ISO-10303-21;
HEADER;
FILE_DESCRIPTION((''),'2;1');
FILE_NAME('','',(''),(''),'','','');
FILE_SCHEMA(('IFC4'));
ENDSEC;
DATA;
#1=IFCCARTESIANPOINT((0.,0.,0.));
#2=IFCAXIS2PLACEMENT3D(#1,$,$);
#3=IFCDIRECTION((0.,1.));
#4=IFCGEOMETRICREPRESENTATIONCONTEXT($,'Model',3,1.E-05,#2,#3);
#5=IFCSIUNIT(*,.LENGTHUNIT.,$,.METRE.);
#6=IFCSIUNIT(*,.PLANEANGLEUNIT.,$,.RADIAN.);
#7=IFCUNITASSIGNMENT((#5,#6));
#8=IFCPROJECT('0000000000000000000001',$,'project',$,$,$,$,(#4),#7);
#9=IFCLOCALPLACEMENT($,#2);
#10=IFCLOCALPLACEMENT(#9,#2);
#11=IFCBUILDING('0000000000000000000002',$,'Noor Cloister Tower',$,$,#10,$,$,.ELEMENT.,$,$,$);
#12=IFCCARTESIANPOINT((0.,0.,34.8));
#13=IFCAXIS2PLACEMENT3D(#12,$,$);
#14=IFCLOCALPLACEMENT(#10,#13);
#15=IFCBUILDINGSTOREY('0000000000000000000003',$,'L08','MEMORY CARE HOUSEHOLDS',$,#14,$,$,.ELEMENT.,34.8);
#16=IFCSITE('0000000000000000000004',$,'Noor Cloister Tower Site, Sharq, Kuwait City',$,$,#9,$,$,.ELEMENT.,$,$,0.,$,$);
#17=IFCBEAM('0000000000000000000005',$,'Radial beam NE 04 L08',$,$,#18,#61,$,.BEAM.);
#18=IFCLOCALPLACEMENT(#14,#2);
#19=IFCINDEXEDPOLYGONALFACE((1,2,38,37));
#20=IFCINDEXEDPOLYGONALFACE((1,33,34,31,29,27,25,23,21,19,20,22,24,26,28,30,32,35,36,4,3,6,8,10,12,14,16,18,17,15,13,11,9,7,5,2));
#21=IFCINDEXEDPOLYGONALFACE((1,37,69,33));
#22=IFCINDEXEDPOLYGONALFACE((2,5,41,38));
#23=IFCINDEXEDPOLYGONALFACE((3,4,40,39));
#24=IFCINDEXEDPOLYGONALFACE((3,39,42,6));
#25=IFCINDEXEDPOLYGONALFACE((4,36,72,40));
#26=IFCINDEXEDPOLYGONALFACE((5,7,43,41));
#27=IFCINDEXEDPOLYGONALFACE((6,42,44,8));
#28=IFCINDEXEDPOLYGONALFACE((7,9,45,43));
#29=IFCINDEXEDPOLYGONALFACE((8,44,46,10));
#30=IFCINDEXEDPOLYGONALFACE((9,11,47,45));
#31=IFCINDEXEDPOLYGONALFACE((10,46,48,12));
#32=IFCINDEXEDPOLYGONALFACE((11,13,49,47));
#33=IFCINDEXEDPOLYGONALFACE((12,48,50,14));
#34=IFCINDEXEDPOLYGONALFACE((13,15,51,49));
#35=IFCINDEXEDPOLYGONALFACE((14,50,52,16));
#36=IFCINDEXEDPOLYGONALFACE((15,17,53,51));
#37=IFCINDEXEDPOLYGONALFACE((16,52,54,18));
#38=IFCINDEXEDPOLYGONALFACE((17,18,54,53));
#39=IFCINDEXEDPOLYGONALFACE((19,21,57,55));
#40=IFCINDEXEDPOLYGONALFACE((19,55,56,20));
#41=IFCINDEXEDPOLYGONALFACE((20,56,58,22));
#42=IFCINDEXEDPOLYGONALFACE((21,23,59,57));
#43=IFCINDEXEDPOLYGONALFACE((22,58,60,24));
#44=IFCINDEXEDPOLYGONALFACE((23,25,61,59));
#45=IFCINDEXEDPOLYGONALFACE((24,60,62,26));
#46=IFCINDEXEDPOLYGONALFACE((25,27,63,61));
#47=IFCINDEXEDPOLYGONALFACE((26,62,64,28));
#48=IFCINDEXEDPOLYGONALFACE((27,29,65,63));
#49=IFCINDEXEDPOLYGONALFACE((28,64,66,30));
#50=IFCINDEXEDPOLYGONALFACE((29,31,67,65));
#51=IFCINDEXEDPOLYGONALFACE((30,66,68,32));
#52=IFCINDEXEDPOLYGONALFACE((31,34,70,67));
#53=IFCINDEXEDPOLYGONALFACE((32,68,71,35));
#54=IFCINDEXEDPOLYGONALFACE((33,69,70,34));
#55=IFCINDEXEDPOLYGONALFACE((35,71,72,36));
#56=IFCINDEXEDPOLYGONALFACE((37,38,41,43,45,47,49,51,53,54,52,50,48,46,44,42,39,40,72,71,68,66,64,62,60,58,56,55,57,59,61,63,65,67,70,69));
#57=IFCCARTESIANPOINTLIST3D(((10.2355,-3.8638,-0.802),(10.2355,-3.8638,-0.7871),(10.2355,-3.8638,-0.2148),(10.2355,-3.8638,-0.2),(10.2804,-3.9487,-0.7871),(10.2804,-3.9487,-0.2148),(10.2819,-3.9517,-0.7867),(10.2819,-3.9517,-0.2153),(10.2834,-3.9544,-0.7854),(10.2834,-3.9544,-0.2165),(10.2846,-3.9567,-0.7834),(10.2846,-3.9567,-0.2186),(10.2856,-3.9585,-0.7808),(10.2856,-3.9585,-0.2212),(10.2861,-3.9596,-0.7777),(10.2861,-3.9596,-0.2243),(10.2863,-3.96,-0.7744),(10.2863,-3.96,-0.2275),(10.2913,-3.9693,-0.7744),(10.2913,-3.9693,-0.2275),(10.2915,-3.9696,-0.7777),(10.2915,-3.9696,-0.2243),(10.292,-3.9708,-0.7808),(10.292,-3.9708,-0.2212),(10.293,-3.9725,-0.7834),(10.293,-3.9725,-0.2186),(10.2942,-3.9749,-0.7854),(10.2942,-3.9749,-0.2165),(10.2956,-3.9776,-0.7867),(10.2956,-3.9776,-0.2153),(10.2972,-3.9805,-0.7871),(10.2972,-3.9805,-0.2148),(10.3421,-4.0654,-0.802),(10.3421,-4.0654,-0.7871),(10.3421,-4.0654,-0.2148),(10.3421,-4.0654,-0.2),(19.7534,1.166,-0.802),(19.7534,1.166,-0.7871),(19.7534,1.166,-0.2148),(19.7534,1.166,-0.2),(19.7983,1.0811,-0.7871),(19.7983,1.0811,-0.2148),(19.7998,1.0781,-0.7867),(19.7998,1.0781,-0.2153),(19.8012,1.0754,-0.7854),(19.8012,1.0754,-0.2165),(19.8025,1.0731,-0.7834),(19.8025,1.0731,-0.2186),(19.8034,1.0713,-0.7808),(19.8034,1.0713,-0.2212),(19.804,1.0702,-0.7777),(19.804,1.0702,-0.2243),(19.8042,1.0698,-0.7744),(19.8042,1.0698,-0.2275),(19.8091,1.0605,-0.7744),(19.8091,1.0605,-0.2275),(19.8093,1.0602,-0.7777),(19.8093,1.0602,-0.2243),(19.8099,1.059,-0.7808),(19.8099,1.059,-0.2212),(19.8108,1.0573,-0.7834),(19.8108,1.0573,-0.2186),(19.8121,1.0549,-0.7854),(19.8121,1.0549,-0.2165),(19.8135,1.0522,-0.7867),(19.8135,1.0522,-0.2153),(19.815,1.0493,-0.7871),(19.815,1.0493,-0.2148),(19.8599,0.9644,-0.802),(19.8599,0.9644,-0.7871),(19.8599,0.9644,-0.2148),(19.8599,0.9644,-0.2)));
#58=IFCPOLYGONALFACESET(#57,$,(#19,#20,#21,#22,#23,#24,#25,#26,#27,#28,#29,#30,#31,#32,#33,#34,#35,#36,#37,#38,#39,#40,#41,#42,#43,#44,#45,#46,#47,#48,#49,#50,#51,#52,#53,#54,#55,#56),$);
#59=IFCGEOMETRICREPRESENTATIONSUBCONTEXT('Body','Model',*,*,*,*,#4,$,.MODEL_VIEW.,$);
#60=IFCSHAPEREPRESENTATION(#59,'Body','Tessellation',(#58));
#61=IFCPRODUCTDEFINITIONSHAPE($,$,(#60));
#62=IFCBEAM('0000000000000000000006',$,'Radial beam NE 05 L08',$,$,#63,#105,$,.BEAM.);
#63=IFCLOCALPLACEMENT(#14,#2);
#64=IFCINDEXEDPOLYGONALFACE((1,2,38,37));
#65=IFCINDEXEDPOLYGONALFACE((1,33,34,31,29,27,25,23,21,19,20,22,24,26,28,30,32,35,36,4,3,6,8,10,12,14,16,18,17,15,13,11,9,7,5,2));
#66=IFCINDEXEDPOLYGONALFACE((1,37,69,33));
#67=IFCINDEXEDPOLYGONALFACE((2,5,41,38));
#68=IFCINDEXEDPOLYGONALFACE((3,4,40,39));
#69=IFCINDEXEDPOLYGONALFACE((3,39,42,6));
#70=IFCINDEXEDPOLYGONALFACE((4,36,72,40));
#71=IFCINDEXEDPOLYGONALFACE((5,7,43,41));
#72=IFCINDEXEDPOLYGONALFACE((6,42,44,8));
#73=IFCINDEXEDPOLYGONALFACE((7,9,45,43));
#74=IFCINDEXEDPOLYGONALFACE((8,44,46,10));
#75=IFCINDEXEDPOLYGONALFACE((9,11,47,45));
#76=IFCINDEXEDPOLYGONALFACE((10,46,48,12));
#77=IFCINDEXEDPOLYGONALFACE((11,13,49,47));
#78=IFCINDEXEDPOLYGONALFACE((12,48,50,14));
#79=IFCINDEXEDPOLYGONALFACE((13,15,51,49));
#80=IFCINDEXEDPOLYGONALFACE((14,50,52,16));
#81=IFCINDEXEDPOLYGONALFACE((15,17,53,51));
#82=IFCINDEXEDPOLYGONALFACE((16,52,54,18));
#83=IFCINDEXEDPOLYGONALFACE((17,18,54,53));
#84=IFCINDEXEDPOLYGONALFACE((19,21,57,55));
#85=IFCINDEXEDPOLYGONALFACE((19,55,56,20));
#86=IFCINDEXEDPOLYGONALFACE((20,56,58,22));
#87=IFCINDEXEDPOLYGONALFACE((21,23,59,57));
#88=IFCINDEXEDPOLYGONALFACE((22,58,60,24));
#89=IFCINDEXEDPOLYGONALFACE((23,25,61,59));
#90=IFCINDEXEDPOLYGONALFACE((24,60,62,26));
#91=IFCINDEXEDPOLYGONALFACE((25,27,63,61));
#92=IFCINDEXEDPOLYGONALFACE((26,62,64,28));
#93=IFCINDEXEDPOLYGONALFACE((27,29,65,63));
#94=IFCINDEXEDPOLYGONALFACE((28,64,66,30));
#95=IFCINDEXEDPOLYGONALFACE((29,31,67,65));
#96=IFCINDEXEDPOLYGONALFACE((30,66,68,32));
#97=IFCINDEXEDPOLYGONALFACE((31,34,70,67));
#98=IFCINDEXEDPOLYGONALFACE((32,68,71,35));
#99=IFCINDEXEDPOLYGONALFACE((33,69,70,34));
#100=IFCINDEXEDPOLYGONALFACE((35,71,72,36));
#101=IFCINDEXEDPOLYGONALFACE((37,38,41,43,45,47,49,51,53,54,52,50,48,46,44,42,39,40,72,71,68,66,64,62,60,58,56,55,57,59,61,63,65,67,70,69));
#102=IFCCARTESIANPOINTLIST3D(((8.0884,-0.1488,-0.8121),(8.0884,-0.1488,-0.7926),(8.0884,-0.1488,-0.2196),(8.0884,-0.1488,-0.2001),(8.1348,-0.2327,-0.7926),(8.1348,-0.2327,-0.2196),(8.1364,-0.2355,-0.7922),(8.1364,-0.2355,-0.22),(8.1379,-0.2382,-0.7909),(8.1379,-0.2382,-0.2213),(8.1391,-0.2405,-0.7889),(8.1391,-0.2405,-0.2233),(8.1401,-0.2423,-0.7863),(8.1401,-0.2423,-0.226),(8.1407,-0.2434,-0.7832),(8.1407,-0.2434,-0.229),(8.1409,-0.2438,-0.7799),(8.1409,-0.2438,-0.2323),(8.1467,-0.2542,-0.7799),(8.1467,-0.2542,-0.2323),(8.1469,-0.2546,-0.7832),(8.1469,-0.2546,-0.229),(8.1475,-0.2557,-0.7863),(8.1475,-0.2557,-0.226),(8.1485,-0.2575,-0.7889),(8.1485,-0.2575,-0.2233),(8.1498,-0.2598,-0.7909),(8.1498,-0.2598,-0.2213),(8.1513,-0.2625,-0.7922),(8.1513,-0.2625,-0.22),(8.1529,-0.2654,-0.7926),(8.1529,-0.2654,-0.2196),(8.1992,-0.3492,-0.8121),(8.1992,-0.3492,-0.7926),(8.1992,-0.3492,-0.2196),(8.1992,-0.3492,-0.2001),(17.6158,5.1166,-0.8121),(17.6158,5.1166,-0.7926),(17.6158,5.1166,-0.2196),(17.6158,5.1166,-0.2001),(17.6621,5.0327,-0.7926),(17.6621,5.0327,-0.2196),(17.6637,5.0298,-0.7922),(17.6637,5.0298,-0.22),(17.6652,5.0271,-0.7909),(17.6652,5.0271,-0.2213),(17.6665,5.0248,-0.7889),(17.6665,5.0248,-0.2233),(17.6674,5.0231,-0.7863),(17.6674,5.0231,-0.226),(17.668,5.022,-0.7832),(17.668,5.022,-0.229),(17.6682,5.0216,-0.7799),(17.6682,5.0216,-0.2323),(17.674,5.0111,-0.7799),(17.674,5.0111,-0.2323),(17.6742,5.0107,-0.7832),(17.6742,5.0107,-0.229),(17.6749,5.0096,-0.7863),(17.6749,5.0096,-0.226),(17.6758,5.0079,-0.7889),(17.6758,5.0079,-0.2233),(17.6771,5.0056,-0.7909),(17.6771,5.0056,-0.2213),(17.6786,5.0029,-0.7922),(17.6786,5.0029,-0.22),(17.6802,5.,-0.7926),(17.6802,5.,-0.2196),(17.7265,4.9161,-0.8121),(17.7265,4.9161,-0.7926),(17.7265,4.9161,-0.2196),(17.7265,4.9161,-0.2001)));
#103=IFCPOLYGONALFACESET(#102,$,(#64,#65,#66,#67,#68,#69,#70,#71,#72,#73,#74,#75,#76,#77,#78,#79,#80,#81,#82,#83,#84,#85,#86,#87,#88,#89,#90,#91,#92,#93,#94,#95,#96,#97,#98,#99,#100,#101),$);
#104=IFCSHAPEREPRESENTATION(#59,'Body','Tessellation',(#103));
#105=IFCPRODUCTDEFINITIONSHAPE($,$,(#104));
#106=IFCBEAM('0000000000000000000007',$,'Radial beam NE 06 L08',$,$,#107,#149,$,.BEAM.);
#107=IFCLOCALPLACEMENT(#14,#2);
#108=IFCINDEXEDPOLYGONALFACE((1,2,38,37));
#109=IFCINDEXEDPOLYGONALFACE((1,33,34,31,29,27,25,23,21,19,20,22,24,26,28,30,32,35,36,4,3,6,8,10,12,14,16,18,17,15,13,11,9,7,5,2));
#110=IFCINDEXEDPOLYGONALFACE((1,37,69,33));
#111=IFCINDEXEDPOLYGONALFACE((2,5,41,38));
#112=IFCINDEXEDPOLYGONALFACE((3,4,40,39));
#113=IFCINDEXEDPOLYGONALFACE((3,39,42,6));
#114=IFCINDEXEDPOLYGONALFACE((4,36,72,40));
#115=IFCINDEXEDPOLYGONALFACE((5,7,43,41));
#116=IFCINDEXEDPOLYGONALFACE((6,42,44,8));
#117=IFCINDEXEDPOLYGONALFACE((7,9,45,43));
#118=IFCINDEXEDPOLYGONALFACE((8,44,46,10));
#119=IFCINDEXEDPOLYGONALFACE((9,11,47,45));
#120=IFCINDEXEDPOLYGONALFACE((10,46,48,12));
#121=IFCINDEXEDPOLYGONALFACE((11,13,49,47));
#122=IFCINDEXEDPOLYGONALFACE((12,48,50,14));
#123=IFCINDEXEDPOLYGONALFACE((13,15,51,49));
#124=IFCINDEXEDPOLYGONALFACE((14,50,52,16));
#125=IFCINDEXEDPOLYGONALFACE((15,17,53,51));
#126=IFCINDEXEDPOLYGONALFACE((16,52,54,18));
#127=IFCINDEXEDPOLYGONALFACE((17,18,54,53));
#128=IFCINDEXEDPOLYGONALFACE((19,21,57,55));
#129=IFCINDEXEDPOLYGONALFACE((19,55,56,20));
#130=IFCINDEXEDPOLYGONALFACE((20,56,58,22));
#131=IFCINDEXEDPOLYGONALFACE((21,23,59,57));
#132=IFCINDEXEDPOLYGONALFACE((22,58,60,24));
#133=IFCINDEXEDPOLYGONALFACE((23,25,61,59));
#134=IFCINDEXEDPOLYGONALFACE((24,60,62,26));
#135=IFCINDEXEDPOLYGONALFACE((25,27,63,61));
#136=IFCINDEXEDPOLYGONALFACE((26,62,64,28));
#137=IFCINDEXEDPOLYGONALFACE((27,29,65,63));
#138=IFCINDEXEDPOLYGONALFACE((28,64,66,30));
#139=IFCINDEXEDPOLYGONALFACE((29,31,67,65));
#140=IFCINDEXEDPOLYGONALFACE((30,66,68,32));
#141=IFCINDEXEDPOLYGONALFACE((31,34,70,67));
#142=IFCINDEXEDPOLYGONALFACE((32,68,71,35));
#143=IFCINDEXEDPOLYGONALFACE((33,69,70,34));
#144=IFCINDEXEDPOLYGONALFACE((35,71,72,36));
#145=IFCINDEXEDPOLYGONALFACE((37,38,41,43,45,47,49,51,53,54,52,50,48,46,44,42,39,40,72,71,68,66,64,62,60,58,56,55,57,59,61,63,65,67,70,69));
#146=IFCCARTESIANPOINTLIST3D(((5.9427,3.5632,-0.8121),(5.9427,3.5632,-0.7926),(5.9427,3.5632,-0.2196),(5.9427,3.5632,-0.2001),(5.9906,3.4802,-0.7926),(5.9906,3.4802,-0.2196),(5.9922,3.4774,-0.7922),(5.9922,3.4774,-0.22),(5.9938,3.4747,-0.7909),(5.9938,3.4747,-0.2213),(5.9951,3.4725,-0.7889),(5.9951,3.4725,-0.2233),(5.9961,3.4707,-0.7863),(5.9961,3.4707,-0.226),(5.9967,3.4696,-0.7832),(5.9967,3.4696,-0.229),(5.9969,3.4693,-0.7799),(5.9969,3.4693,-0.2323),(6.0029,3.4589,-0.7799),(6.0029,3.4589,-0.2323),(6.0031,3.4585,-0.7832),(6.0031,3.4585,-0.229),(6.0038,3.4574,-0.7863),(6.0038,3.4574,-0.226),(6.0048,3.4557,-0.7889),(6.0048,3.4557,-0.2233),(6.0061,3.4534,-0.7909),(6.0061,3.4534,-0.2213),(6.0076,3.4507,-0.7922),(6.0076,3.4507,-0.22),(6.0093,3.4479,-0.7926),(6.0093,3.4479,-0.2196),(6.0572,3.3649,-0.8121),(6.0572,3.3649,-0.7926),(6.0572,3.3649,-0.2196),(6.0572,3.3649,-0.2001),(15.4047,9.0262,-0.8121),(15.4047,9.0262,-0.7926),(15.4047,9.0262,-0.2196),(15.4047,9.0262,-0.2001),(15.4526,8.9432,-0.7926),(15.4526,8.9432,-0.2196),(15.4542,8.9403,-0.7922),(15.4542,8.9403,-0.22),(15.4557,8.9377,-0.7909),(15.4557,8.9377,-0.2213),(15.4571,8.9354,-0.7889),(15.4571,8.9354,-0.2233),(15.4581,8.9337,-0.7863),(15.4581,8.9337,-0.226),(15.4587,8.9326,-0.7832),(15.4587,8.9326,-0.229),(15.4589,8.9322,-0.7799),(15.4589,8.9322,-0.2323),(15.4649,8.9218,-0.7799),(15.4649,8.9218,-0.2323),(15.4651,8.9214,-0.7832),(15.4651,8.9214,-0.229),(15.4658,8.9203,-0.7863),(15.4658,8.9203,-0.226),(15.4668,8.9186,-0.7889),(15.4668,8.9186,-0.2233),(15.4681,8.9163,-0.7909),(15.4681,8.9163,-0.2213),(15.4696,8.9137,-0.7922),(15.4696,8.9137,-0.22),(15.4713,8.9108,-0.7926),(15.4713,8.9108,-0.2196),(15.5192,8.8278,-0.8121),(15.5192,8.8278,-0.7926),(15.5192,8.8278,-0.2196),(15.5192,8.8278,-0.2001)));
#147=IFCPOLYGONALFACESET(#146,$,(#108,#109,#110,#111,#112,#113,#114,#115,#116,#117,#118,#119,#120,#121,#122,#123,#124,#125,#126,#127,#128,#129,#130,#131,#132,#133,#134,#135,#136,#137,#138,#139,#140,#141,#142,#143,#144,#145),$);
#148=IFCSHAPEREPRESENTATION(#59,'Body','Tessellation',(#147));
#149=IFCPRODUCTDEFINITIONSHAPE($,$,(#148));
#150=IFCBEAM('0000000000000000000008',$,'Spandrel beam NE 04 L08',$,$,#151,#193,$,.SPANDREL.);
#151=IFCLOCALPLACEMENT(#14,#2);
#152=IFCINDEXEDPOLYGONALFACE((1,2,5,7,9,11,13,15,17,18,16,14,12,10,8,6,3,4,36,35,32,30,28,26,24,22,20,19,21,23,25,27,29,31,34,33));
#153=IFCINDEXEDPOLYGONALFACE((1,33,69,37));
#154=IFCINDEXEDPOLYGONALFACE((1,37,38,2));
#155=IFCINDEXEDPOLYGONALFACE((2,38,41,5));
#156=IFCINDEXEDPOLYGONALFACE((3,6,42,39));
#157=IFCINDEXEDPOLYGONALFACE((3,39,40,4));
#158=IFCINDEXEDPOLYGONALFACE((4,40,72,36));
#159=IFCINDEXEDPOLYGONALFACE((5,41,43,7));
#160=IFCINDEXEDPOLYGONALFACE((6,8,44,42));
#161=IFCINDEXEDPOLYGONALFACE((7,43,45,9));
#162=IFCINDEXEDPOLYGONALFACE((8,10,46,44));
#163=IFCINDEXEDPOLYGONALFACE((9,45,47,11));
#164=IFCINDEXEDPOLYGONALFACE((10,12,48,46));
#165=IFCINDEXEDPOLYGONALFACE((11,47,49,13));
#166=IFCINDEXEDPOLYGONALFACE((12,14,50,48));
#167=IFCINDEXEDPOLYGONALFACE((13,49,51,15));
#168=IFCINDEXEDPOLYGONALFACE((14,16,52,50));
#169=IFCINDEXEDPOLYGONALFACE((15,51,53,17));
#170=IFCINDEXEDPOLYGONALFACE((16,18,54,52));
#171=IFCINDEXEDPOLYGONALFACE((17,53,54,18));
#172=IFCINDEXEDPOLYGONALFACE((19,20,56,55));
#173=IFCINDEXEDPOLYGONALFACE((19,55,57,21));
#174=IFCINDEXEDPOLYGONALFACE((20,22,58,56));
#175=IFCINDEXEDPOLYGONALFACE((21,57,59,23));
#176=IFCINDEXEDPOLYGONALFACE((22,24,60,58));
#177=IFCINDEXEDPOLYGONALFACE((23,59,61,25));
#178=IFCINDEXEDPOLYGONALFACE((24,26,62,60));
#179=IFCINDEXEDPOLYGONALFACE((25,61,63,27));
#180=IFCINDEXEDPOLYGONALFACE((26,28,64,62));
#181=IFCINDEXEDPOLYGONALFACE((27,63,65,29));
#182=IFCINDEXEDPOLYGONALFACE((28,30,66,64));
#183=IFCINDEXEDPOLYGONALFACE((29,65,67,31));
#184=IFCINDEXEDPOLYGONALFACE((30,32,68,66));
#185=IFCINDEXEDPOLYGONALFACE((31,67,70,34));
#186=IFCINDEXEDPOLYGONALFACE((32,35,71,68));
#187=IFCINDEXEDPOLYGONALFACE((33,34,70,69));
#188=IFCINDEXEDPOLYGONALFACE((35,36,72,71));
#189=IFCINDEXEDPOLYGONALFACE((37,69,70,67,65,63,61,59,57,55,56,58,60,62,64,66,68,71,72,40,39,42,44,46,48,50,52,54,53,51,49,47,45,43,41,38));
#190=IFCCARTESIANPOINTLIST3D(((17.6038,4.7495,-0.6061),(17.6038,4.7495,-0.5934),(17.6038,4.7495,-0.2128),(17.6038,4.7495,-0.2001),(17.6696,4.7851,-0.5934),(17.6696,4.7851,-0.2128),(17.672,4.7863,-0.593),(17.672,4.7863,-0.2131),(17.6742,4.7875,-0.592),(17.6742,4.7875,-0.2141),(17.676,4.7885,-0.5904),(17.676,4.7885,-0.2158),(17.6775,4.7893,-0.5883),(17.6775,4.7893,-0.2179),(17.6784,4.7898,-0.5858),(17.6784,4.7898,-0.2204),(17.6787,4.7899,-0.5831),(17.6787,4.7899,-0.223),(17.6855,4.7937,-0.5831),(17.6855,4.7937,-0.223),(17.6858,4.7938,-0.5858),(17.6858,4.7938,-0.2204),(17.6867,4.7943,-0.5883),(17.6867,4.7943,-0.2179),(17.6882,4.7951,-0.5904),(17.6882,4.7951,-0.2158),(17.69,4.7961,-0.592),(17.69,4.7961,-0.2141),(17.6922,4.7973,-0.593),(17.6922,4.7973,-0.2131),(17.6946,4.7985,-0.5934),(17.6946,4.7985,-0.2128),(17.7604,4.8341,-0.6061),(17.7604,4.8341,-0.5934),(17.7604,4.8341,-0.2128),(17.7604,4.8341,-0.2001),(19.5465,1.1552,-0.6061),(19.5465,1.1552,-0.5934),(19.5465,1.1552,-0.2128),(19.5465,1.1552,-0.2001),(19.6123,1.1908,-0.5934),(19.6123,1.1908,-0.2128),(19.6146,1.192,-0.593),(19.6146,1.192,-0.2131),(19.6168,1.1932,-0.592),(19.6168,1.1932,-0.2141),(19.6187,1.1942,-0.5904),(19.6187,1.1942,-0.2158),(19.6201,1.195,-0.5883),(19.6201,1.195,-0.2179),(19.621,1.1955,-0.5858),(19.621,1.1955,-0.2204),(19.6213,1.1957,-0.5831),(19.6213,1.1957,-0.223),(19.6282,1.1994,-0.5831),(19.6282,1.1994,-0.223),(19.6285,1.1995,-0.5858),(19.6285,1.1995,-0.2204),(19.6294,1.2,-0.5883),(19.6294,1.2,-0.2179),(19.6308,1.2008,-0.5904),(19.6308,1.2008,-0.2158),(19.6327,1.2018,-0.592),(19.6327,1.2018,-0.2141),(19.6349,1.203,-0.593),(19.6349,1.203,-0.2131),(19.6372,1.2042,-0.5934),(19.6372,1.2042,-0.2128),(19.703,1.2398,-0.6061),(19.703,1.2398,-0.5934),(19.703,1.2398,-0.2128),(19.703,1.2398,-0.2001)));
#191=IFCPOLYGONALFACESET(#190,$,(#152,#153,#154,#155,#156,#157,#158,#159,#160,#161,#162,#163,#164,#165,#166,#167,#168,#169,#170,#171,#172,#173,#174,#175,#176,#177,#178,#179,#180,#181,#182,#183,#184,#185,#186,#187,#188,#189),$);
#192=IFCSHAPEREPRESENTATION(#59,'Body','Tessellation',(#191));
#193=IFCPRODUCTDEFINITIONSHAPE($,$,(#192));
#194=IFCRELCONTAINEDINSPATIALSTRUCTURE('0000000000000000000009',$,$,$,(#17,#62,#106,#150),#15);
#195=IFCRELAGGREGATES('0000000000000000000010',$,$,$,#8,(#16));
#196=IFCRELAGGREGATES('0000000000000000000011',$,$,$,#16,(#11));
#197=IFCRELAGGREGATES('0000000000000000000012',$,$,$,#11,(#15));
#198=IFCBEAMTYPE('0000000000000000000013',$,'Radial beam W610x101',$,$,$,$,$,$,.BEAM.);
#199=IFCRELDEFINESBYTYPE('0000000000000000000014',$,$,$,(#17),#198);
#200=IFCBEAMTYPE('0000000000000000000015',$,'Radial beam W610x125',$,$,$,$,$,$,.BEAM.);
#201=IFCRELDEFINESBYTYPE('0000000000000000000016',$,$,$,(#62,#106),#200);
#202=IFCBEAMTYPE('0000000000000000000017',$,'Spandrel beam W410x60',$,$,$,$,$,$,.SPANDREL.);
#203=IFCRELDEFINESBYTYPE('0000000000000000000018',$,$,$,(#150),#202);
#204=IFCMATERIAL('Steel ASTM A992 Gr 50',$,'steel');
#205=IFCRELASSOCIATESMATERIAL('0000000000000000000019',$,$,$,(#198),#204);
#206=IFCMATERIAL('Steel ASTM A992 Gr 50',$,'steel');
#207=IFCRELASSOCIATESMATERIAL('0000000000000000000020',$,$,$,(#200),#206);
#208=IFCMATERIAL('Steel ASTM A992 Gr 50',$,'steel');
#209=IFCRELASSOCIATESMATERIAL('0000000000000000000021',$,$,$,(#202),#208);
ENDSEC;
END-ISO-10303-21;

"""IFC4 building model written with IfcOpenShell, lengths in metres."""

from ifc_helpers import new_model, si_unit, direction, frame, origin, origin_2d, place, context, subcontext, project, spatial, i_section, extrude, material, material_profile, profile_set, type_object, element, save


model = new_model("IFC4")

# Units and contexts
model_context = context("Model", 3, precision=1e-05, world=origin(), true_north=direction((0.0, 1.0)))
body_context = subcontext(model_context, "Body", "Model", "MODEL_VIEW")
ifc_project = project(units=[si_unit("LENGTHUNIT", "METRE"), si_unit("PLANEANGLEUNIT", "RADIAN")], contexts=[model_context])

# Site, building, storey
site_placement = place(None, origin())
site = spatial("IfcSite", under=ifc_project, at=site_placement, Name="Noor Cloister Tower Site, Sharq, Kuwait City", CompositionType="ELEMENT", RefElevation=0.0)
building_placement = place(site_placement, origin())
building = spatial("IfcBuilding", under=site, at=building_placement, Name="Noor Cloister Tower", CompositionType="ELEMENT")
storey_placement = place(building_placement, frame((0.0, 0.0, 34.8)))
storey = spatial("IfcBuildingStorey", under=building, at=storey_placement, Name="L08", Description="MEMORY CARE HOUSEHOLDS", CompositionType="ELEMENT", Elevation=34.8)

# Beams
ifc_material_1 = material(Name="Steel ASTM A992 Gr 50", Category="steel")
ifc_material_profile_1 = material_profile(ifc_material_1, i_section(OverallWidth=0.228, OverallDepth=0.6021, WebThickness=0.0105, FlangeThickness=0.0149, FilletRadius=0.0127, at=origin_2d()), Name="W610x101")
ifc_profile_set_1 = profile_set([ifc_material_profile_1], Name="Steel ASTM A992 Gr 50")
beam_type_1 = type_object("IfcBeamType", Name="Radial beam W610x101", PredefinedType="BEAM", material=ifc_profile_set_1)
beam_1_placement = place(storey_placement, frame((19.8066, 1.0652, -0.501), z_axis=(-0.884136, -0.46723, 0.0), x_axis=(0.46723, -0.884136, 0.0)))
element("IfcBeam", 1, at=beam_1_placement, inside=storey, type_object=beam_type_1, Name="Radial beam NE 04 L08", PredefinedType="BEAM", context=body_context, shape_type="SweptSolid", body=[
    extrude(i_section(OverallWidth=0.228, OverallDepth=0.6021, WebThickness=0.0105, FlangeThickness=0.0149, FilletRadius=0.0127, at=origin_2d()), origin(), (0.0, 0.0, 1.0), 10.7651),
])
ifc_material_2 = material(Name="Steel ASTM A992 Gr 50", Category="steel")
ifc_material_profile_2 = material_profile(ifc_material_2, i_section(OverallWidth=0.229, OverallDepth=0.6121, WebThickness=0.012, FlangeThickness=0.0195, FilletRadius=0.0127, at=origin_2d()), Name="W610x125")
ifc_profile_set_2 = profile_set([ifc_material_profile_2], Name="Steel ASTM A992 Gr 50")
beam_type_2 = type_object("IfcBeamType", Name="Radial beam W610x125", PredefinedType="BEAM", material=ifc_profile_set_2)
beam_2_placement = place(storey_placement, frame((17.6711, 5.0164, -0.5061), z_axis=(-0.875231, -0.483705, 0.0), x_axis=(0.483705, -0.875231, 0.0)))
element("IfcBeam", 2, at=beam_2_placement, inside=storey, type_object=beam_type_2, Name="Radial beam NE 05 L08", PredefinedType="BEAM", context=body_context, shape_type="SweptSolid", body=[
    extrude(i_section(OverallWidth=0.229, OverallDepth=0.6121, WebThickness=0.012, FlangeThickness=0.0195, FilletRadius=0.0127, at=origin_2d()), origin(), (0.0, 0.0, 1.0), 10.8855),
])
beam_3_placement = place(storey_placement, frame((15.4619, 8.927, -0.5061), z_axis=(-0.866023, -0.500004, 0.0), x_axis=(0.500004, -0.866023, 0.0)))
element("IfcBeam", 3, at=beam_3_placement, inside=storey, type_object=beam_type_2, Name="Radial beam NE 06 L08", PredefinedType="BEAM", context=body_context, shape_type="SweptSolid", body=[
    extrude(i_section(OverallWidth=0.229, OverallDepth=0.6121, WebThickness=0.012, FlangeThickness=0.0195, FilletRadius=0.0127, at=origin_2d()), origin(), (0.0, 0.0, 1.0), 10.9258),
])
ifc_material_3 = material(Name="Steel ASTM A992 Gr 50", Category="steel")
ifc_material_profile_3 = material_profile(ifc_material_3, i_section(OverallWidth=0.178, OverallDepth=0.406, WebThickness=0.0078, FlangeThickness=0.0127, FilletRadius=0.0103, at=origin_2d()), Name="W410x60")
ifc_profile_set_3 = profile_set([ifc_material_profile_3], Name="Steel ASTM A992 Gr 50")
beam_type_3 = type_object("IfcBeamType", Name="Spandrel beam W410x60", PredefinedType="SPANDREL", material=ifc_profile_set_3)
for number, where, z_axis, x_axis, name in (
    (4, (19.6248, 1.1975, -0.4031), (-0.475478, 0.879727, 0.0), (-0.879727, -0.475478, 0.0), "Spandrel beam NE 04 L08"),
):
    element("IfcBeam", number, at=place(storey_placement, frame(where, z_axis=z_axis, x_axis=x_axis)), inside=storey, type_object=beam_type_3, Name=name, PredefinedType="SPANDREL", context=body_context, shape_type="SweptSolid", body=[
        extrude(i_section(OverallWidth=0.178, OverallDepth=0.406, WebThickness=0.0078, FlangeThickness=0.0127, FilletRadius=0.0103, at=origin_2d()), origin(), (0.0, 0.0, 1.0), 4.0857),
    ])

save(model, "model.ifc")
